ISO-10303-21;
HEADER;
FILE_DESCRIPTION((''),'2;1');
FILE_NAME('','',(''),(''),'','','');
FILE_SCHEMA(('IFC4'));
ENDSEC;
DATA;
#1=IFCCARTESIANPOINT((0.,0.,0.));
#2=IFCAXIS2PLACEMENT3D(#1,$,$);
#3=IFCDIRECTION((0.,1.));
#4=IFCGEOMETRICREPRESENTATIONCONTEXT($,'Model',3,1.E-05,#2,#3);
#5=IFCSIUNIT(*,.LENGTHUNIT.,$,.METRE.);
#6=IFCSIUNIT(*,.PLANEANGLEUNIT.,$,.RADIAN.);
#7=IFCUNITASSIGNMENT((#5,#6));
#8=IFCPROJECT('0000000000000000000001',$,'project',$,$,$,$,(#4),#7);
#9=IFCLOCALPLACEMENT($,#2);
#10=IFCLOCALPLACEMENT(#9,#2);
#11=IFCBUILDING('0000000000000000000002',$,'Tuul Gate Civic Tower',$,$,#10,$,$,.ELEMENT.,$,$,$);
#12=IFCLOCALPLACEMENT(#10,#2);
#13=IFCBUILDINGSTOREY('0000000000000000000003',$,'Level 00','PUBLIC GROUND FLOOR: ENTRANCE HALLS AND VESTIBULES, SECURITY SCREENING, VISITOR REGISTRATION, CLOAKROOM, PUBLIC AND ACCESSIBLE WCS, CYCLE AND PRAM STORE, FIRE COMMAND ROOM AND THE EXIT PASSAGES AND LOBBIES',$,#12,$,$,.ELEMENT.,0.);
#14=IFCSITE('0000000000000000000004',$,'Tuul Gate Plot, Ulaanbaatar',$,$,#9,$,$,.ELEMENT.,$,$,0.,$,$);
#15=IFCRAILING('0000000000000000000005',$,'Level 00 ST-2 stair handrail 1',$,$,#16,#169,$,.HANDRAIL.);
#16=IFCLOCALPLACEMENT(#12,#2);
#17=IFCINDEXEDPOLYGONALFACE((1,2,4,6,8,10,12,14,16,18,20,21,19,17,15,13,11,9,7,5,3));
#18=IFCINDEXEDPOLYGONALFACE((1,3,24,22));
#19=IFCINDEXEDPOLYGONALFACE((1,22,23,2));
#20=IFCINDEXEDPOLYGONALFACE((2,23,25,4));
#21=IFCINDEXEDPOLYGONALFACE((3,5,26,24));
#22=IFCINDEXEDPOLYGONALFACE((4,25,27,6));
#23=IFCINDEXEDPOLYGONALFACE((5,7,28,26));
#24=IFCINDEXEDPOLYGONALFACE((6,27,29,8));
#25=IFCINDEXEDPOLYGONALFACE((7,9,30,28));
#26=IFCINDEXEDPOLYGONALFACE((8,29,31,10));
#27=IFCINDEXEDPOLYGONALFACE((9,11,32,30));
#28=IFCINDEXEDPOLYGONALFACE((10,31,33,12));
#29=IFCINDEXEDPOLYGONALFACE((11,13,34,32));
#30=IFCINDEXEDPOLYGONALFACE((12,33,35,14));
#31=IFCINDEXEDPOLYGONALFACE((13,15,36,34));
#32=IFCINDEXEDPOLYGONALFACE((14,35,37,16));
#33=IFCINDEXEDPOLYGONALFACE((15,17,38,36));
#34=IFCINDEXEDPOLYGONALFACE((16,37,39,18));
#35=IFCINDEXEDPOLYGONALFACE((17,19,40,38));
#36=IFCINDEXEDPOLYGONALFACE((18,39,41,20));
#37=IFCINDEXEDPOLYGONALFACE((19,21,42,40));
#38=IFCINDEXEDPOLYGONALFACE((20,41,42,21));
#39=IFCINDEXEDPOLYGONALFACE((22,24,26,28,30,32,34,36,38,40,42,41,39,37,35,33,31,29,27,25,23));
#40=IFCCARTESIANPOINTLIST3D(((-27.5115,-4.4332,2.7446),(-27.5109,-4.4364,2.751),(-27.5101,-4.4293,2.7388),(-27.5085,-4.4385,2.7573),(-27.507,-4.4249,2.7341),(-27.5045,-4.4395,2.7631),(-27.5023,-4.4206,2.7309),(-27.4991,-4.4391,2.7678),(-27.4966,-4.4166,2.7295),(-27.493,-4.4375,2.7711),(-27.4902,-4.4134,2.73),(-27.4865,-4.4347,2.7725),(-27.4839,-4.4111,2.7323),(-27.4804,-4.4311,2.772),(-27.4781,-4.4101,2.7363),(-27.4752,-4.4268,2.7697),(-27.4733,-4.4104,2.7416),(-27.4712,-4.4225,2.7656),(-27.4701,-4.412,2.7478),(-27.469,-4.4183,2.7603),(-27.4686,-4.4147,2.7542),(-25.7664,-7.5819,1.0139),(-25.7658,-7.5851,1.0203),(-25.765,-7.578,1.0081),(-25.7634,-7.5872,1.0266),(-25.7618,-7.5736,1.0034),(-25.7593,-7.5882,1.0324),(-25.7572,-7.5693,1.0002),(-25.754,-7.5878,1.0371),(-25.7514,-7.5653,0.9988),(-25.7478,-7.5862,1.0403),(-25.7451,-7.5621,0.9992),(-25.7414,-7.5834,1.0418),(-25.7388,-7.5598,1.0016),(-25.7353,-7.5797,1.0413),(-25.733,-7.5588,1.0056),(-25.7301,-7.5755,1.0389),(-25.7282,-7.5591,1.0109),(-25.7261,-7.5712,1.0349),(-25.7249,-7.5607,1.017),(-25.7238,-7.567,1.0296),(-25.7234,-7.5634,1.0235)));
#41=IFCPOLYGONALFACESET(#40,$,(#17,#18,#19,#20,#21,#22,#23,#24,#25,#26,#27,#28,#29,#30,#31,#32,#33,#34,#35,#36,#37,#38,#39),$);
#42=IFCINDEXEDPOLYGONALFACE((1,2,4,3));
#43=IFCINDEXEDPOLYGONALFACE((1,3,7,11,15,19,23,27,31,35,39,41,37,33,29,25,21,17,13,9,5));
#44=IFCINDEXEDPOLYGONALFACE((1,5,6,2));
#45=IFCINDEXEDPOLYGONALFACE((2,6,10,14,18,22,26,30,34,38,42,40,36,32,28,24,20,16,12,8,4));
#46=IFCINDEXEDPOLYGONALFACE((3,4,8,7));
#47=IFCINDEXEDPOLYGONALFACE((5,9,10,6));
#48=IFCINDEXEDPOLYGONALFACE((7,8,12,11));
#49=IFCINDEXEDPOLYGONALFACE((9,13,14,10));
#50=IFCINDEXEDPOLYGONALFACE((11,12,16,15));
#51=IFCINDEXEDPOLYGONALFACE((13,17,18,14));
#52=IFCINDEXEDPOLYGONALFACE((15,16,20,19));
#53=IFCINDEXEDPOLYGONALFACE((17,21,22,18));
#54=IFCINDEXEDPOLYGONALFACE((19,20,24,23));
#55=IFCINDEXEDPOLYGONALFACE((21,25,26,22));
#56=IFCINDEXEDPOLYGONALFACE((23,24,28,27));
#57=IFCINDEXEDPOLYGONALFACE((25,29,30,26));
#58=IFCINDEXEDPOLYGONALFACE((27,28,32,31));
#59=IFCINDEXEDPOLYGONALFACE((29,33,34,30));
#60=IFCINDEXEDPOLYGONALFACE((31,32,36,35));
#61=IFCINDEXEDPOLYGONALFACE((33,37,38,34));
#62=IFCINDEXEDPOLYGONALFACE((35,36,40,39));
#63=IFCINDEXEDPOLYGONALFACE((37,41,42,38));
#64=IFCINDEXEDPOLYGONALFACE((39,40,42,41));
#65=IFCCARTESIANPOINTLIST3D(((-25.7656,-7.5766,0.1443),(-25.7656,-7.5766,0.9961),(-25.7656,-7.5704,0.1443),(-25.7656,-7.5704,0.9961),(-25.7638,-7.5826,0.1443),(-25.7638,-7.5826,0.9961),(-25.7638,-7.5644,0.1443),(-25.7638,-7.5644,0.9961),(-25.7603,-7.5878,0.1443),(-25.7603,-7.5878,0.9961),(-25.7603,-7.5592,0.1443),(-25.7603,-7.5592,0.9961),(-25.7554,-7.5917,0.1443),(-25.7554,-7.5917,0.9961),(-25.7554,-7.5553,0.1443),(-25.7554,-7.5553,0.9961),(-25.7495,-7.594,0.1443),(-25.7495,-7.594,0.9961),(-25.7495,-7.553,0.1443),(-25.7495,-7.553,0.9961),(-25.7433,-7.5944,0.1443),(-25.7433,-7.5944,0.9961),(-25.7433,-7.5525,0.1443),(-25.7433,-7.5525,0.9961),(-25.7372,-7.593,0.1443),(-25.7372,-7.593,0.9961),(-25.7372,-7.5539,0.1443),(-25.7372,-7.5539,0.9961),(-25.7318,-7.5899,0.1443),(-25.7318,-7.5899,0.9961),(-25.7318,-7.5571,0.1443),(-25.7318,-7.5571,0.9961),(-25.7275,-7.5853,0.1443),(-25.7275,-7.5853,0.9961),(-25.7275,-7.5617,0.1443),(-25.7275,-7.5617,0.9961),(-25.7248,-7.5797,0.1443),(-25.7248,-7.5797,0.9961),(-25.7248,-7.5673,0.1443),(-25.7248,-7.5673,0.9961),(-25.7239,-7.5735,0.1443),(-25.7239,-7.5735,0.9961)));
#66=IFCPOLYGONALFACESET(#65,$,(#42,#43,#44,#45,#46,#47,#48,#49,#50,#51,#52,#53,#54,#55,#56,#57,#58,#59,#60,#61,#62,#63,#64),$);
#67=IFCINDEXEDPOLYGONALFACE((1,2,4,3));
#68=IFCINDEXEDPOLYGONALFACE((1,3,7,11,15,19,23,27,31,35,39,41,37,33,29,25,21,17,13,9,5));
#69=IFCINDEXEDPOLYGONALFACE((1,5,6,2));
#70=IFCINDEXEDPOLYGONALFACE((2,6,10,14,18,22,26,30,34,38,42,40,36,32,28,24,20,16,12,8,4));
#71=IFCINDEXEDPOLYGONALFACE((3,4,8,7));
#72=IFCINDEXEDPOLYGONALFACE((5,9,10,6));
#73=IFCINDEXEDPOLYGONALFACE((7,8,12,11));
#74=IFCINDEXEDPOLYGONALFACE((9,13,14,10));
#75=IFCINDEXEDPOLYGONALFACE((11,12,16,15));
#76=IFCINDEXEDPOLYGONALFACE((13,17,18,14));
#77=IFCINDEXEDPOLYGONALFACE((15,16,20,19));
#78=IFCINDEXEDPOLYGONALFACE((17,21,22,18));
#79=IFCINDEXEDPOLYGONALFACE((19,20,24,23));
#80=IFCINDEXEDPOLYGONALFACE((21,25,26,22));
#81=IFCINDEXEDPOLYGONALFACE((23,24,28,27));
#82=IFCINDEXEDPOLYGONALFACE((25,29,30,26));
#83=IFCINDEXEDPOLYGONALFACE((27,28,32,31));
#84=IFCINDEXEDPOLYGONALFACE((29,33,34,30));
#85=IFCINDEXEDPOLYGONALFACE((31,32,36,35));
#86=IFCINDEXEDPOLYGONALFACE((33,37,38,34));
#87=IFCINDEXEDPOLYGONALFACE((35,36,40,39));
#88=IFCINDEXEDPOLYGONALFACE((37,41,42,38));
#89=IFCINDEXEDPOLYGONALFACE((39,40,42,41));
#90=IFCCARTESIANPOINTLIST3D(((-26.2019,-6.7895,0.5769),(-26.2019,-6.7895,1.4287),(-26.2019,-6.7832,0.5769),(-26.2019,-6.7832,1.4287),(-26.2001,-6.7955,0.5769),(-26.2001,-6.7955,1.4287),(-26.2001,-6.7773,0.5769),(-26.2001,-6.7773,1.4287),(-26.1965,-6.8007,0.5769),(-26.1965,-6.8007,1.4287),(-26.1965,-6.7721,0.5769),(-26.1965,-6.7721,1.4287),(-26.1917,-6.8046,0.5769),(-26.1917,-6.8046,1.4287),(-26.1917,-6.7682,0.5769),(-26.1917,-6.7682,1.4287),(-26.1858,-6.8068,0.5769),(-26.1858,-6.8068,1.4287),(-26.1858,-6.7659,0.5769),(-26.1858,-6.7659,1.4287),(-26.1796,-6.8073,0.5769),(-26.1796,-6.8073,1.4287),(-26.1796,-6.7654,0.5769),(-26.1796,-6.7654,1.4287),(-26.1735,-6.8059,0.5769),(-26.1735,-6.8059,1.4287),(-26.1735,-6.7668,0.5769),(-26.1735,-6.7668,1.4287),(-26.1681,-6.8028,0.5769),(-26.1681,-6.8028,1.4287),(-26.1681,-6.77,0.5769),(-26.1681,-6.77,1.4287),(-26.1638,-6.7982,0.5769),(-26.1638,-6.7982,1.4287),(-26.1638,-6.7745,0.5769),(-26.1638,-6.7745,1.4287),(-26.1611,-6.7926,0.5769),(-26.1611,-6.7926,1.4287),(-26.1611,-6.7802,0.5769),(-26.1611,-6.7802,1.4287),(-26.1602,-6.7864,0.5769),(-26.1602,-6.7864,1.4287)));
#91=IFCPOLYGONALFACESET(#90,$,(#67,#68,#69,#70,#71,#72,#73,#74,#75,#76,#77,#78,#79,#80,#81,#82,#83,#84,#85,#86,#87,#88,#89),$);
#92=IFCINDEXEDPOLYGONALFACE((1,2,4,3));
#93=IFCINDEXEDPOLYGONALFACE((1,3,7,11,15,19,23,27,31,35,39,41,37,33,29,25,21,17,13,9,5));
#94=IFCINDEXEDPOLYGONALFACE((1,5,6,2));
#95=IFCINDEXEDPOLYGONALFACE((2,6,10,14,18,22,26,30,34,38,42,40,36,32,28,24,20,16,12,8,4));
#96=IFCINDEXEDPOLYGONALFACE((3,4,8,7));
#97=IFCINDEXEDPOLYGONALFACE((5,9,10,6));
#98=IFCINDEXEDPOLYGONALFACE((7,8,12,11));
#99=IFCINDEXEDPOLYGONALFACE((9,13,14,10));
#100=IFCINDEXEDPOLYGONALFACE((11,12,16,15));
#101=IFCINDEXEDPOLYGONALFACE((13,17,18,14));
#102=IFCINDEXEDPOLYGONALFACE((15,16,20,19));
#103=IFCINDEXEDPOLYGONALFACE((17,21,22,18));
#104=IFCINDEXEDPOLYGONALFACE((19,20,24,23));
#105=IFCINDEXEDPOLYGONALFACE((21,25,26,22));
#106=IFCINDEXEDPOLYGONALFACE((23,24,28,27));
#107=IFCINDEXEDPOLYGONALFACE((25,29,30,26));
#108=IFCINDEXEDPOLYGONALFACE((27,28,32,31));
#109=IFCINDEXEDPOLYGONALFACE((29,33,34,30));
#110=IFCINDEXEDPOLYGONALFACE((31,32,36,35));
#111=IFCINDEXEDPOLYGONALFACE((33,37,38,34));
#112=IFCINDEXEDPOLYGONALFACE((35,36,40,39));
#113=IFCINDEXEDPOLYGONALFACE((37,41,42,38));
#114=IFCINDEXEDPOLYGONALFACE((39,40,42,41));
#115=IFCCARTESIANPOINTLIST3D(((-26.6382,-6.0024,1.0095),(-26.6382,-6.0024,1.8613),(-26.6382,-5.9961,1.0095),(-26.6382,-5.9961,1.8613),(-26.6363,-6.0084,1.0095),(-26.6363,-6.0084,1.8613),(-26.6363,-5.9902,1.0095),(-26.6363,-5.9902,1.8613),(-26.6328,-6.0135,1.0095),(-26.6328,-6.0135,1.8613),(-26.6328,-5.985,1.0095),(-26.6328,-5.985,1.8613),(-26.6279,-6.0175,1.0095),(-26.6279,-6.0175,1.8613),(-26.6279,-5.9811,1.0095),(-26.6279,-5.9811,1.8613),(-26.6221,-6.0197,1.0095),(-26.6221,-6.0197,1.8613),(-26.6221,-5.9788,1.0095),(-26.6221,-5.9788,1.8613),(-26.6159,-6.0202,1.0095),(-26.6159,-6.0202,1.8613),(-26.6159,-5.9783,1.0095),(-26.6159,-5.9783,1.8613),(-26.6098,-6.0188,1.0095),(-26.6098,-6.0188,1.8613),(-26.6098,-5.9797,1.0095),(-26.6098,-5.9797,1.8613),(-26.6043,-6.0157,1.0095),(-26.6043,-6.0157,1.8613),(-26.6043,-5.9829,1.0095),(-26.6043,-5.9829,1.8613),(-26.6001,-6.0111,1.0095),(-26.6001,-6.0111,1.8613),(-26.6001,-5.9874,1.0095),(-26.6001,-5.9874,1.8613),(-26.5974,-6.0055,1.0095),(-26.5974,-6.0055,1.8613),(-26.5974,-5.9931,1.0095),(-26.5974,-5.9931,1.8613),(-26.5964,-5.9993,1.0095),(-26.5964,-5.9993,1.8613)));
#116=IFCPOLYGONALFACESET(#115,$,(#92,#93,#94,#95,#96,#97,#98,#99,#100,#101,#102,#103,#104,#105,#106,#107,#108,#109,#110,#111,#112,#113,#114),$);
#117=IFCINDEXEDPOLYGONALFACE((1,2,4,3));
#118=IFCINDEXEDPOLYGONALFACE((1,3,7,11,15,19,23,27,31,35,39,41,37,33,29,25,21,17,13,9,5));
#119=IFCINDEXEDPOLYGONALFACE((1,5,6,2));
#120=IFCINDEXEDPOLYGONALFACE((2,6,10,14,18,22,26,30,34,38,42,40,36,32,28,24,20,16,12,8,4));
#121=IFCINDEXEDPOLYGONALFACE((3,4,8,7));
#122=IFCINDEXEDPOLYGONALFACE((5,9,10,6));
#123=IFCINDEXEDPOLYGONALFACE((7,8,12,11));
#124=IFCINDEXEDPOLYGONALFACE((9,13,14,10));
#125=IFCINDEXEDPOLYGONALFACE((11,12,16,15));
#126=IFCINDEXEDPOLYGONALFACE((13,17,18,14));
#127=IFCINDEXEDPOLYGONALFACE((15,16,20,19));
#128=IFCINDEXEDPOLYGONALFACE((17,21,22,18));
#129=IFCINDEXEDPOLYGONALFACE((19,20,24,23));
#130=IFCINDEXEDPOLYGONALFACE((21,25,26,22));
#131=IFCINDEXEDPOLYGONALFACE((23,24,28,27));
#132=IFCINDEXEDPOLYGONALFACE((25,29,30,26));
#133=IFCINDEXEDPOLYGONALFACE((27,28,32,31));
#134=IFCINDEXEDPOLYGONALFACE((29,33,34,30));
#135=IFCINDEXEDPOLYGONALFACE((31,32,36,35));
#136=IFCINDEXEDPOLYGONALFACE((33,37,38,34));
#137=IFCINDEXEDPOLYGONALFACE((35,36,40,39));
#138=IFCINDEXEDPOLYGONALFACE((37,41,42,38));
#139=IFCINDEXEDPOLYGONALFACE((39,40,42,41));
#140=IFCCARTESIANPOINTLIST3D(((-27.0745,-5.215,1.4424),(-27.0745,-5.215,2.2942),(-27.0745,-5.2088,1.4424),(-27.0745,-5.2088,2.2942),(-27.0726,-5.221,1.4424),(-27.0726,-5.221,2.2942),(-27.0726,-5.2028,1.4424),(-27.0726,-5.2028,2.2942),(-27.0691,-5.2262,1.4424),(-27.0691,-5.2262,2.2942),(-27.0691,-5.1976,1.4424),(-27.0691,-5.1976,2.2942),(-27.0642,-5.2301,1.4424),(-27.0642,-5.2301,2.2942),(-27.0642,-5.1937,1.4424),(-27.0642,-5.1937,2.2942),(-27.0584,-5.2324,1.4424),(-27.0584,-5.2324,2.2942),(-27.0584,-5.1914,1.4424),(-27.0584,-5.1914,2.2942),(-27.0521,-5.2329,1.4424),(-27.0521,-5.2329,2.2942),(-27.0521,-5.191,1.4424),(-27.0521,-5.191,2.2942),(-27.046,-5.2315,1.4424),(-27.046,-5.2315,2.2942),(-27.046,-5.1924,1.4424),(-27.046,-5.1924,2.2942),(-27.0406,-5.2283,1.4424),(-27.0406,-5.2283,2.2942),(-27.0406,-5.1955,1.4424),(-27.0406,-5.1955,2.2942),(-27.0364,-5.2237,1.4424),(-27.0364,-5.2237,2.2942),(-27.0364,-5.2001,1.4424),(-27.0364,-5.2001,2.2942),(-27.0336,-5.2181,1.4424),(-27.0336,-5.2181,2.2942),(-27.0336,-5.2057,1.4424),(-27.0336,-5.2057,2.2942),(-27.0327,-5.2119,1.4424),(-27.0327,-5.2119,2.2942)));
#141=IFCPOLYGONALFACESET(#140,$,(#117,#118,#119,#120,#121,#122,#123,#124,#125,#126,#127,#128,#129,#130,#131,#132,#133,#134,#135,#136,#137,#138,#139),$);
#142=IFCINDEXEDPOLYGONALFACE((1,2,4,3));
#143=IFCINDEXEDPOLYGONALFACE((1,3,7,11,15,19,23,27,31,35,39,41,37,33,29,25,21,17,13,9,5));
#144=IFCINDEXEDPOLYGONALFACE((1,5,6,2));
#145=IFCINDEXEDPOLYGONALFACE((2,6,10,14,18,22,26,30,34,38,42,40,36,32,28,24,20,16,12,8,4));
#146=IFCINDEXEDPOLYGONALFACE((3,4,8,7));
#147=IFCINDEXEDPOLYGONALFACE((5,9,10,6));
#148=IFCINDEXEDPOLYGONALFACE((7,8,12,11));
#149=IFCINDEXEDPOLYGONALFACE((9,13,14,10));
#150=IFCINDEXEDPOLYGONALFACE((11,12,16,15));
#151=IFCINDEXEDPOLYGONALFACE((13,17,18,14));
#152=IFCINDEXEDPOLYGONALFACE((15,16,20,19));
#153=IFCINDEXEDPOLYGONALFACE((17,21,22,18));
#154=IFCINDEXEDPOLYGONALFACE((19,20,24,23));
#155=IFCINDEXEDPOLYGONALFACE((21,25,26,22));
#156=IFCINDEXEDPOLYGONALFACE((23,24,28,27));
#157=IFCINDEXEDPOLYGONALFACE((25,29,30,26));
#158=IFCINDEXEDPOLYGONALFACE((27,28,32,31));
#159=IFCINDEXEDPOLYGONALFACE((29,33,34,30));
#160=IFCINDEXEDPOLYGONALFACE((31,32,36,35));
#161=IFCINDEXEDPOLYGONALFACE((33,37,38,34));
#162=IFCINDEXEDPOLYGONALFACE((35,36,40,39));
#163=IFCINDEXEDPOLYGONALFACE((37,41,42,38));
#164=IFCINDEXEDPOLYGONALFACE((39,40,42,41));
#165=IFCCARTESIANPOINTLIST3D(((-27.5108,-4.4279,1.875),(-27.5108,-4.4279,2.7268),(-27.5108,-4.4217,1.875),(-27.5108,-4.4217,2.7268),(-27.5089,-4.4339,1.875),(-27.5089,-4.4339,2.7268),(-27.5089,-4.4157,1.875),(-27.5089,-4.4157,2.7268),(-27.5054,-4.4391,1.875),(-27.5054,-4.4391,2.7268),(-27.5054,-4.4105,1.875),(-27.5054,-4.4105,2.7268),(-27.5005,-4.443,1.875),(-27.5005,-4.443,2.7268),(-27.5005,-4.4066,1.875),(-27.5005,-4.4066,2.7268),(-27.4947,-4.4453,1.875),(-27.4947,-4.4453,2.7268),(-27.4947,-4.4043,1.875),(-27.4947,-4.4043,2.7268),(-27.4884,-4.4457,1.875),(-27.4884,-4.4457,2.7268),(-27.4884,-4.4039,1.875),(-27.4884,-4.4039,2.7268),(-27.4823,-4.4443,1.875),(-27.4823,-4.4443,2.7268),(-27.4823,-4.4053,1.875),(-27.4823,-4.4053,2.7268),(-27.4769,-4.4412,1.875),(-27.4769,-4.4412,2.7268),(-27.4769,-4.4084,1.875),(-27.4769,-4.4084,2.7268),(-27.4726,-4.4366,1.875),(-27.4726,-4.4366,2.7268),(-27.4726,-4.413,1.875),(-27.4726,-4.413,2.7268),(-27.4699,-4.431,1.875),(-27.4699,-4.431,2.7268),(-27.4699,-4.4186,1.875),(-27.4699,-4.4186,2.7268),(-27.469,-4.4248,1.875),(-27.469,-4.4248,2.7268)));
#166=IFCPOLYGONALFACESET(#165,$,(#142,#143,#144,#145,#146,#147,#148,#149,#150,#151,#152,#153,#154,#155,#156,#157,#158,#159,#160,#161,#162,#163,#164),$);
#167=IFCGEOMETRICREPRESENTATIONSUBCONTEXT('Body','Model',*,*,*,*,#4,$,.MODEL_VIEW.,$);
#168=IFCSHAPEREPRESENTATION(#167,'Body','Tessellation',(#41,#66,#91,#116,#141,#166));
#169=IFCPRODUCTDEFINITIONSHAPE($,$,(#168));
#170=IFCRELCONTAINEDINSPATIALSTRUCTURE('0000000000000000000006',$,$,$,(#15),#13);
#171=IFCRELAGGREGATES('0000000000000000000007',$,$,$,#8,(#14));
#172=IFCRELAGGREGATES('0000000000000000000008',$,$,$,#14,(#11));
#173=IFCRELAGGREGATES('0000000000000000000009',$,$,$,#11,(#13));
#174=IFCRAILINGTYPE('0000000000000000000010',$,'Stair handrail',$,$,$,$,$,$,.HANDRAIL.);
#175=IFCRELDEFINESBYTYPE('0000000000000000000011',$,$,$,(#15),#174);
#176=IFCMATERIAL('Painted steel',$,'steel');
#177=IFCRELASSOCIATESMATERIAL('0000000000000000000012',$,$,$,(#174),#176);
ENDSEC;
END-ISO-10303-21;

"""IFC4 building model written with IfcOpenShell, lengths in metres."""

from ifc_helpers import new_model, si_unit, direction, frame, origin, origin_2d, place, context, subcontext, project, spatial, circle, extrude, material, type_object, element, save


model = new_model("IFC4")

# Units and contexts
model_context = context("Model", 3, precision=1e-05, world=origin(), true_north=direction((0.0, 1.0)))
body_context = subcontext(model_context, "Body", "Model", "MODEL_VIEW")
ifc_project = project(units=[si_unit("LENGTHUNIT", "METRE"), si_unit("PLANEANGLEUNIT", "RADIAN")], contexts=[model_context])

# Site, building, storey
site_placement = place(None, origin())
site = spatial("IfcSite", under=ifc_project, at=site_placement, Name="Tuul Gate Plot, Ulaanbaatar", CompositionType="ELEMENT", RefElevation=0.0)
building_placement = place(site_placement, origin())
building = spatial("IfcBuilding", under=site, at=building_placement, Name="Tuul Gate Civic Tower", CompositionType="ELEMENT")
storey_placement = place(building_placement, origin())
storey = spatial("IfcBuildingStorey", under=building, at=storey_placement, Name="Level 00", Description="PUBLIC GROUND FLOOR: ENTRANCE HALLS AND VESTIBULES, SECURITY SCREENING, VISITOR REGISTRATION, CLOAKROOM, PUBLIC AND ACCESSIBLE WCS, CYCLE AND PRAM STORE, FIRE COMMAND ROOM AND THE EXIT PASSAGES AND LOBBIES", CompositionType="ELEMENT", Elevation=0.0)

# Railing
ifc_material_1 = material(Name="Painted steel", Category="steel")
railing_type_1 = type_object("IfcRailingType", Name="Stair handrail", PredefinedType="HANDRAIL", material=ifc_material_1)
railing_1_placement = place(storey_placement, frame((-25.7449, -7.5735, 0.1443)))
element("IfcRailing", 1, at=railing_1_placement, inside=storey, type_object=railing_type_1, Name="Level 00 ST-2 stair handrail 1", PredefinedType="HANDRAIL", context=body_context, shape_type="SweptSolid", body=[
    extrude(circle(Radius=0.0239, at=origin_2d()), frame((0.0, 0.0, 0.876), z_axis=(-0.436894, 0.78828, 0.433288), x_axis=(-0.874646, -0.484762, 0.0)), (0.0, 0.0, 1.0), 3.9944),
    extrude(circle(Radius=0.021, at=origin_2d()), origin(), (0.0, 0.0, 1.0), 0.8518),
    extrude(circle(Radius=0.021, at=origin_2d()), frame((-0.4363, 0.7871, 0.4326)), (0.0, 0.0, 1.0), 0.8518),
    extrude(circle(Radius=0.021, at=origin_2d()), frame((-0.8726, 1.5742, 0.8652)), (0.0, 0.0, 1.0), 0.8518),
    extrude(circle(Radius=0.021, at=origin_2d()), frame((-1.3088, 2.3616, 1.2981)), (0.0, 0.0, 1.0), 0.8518),
    extrude(circle(Radius=0.021, at=origin_2d()), frame((-1.7451, 3.1487, 1.7307)), (0.0, 0.0, 1.0), 0.8518),
])

save(model, "model.ifc")
